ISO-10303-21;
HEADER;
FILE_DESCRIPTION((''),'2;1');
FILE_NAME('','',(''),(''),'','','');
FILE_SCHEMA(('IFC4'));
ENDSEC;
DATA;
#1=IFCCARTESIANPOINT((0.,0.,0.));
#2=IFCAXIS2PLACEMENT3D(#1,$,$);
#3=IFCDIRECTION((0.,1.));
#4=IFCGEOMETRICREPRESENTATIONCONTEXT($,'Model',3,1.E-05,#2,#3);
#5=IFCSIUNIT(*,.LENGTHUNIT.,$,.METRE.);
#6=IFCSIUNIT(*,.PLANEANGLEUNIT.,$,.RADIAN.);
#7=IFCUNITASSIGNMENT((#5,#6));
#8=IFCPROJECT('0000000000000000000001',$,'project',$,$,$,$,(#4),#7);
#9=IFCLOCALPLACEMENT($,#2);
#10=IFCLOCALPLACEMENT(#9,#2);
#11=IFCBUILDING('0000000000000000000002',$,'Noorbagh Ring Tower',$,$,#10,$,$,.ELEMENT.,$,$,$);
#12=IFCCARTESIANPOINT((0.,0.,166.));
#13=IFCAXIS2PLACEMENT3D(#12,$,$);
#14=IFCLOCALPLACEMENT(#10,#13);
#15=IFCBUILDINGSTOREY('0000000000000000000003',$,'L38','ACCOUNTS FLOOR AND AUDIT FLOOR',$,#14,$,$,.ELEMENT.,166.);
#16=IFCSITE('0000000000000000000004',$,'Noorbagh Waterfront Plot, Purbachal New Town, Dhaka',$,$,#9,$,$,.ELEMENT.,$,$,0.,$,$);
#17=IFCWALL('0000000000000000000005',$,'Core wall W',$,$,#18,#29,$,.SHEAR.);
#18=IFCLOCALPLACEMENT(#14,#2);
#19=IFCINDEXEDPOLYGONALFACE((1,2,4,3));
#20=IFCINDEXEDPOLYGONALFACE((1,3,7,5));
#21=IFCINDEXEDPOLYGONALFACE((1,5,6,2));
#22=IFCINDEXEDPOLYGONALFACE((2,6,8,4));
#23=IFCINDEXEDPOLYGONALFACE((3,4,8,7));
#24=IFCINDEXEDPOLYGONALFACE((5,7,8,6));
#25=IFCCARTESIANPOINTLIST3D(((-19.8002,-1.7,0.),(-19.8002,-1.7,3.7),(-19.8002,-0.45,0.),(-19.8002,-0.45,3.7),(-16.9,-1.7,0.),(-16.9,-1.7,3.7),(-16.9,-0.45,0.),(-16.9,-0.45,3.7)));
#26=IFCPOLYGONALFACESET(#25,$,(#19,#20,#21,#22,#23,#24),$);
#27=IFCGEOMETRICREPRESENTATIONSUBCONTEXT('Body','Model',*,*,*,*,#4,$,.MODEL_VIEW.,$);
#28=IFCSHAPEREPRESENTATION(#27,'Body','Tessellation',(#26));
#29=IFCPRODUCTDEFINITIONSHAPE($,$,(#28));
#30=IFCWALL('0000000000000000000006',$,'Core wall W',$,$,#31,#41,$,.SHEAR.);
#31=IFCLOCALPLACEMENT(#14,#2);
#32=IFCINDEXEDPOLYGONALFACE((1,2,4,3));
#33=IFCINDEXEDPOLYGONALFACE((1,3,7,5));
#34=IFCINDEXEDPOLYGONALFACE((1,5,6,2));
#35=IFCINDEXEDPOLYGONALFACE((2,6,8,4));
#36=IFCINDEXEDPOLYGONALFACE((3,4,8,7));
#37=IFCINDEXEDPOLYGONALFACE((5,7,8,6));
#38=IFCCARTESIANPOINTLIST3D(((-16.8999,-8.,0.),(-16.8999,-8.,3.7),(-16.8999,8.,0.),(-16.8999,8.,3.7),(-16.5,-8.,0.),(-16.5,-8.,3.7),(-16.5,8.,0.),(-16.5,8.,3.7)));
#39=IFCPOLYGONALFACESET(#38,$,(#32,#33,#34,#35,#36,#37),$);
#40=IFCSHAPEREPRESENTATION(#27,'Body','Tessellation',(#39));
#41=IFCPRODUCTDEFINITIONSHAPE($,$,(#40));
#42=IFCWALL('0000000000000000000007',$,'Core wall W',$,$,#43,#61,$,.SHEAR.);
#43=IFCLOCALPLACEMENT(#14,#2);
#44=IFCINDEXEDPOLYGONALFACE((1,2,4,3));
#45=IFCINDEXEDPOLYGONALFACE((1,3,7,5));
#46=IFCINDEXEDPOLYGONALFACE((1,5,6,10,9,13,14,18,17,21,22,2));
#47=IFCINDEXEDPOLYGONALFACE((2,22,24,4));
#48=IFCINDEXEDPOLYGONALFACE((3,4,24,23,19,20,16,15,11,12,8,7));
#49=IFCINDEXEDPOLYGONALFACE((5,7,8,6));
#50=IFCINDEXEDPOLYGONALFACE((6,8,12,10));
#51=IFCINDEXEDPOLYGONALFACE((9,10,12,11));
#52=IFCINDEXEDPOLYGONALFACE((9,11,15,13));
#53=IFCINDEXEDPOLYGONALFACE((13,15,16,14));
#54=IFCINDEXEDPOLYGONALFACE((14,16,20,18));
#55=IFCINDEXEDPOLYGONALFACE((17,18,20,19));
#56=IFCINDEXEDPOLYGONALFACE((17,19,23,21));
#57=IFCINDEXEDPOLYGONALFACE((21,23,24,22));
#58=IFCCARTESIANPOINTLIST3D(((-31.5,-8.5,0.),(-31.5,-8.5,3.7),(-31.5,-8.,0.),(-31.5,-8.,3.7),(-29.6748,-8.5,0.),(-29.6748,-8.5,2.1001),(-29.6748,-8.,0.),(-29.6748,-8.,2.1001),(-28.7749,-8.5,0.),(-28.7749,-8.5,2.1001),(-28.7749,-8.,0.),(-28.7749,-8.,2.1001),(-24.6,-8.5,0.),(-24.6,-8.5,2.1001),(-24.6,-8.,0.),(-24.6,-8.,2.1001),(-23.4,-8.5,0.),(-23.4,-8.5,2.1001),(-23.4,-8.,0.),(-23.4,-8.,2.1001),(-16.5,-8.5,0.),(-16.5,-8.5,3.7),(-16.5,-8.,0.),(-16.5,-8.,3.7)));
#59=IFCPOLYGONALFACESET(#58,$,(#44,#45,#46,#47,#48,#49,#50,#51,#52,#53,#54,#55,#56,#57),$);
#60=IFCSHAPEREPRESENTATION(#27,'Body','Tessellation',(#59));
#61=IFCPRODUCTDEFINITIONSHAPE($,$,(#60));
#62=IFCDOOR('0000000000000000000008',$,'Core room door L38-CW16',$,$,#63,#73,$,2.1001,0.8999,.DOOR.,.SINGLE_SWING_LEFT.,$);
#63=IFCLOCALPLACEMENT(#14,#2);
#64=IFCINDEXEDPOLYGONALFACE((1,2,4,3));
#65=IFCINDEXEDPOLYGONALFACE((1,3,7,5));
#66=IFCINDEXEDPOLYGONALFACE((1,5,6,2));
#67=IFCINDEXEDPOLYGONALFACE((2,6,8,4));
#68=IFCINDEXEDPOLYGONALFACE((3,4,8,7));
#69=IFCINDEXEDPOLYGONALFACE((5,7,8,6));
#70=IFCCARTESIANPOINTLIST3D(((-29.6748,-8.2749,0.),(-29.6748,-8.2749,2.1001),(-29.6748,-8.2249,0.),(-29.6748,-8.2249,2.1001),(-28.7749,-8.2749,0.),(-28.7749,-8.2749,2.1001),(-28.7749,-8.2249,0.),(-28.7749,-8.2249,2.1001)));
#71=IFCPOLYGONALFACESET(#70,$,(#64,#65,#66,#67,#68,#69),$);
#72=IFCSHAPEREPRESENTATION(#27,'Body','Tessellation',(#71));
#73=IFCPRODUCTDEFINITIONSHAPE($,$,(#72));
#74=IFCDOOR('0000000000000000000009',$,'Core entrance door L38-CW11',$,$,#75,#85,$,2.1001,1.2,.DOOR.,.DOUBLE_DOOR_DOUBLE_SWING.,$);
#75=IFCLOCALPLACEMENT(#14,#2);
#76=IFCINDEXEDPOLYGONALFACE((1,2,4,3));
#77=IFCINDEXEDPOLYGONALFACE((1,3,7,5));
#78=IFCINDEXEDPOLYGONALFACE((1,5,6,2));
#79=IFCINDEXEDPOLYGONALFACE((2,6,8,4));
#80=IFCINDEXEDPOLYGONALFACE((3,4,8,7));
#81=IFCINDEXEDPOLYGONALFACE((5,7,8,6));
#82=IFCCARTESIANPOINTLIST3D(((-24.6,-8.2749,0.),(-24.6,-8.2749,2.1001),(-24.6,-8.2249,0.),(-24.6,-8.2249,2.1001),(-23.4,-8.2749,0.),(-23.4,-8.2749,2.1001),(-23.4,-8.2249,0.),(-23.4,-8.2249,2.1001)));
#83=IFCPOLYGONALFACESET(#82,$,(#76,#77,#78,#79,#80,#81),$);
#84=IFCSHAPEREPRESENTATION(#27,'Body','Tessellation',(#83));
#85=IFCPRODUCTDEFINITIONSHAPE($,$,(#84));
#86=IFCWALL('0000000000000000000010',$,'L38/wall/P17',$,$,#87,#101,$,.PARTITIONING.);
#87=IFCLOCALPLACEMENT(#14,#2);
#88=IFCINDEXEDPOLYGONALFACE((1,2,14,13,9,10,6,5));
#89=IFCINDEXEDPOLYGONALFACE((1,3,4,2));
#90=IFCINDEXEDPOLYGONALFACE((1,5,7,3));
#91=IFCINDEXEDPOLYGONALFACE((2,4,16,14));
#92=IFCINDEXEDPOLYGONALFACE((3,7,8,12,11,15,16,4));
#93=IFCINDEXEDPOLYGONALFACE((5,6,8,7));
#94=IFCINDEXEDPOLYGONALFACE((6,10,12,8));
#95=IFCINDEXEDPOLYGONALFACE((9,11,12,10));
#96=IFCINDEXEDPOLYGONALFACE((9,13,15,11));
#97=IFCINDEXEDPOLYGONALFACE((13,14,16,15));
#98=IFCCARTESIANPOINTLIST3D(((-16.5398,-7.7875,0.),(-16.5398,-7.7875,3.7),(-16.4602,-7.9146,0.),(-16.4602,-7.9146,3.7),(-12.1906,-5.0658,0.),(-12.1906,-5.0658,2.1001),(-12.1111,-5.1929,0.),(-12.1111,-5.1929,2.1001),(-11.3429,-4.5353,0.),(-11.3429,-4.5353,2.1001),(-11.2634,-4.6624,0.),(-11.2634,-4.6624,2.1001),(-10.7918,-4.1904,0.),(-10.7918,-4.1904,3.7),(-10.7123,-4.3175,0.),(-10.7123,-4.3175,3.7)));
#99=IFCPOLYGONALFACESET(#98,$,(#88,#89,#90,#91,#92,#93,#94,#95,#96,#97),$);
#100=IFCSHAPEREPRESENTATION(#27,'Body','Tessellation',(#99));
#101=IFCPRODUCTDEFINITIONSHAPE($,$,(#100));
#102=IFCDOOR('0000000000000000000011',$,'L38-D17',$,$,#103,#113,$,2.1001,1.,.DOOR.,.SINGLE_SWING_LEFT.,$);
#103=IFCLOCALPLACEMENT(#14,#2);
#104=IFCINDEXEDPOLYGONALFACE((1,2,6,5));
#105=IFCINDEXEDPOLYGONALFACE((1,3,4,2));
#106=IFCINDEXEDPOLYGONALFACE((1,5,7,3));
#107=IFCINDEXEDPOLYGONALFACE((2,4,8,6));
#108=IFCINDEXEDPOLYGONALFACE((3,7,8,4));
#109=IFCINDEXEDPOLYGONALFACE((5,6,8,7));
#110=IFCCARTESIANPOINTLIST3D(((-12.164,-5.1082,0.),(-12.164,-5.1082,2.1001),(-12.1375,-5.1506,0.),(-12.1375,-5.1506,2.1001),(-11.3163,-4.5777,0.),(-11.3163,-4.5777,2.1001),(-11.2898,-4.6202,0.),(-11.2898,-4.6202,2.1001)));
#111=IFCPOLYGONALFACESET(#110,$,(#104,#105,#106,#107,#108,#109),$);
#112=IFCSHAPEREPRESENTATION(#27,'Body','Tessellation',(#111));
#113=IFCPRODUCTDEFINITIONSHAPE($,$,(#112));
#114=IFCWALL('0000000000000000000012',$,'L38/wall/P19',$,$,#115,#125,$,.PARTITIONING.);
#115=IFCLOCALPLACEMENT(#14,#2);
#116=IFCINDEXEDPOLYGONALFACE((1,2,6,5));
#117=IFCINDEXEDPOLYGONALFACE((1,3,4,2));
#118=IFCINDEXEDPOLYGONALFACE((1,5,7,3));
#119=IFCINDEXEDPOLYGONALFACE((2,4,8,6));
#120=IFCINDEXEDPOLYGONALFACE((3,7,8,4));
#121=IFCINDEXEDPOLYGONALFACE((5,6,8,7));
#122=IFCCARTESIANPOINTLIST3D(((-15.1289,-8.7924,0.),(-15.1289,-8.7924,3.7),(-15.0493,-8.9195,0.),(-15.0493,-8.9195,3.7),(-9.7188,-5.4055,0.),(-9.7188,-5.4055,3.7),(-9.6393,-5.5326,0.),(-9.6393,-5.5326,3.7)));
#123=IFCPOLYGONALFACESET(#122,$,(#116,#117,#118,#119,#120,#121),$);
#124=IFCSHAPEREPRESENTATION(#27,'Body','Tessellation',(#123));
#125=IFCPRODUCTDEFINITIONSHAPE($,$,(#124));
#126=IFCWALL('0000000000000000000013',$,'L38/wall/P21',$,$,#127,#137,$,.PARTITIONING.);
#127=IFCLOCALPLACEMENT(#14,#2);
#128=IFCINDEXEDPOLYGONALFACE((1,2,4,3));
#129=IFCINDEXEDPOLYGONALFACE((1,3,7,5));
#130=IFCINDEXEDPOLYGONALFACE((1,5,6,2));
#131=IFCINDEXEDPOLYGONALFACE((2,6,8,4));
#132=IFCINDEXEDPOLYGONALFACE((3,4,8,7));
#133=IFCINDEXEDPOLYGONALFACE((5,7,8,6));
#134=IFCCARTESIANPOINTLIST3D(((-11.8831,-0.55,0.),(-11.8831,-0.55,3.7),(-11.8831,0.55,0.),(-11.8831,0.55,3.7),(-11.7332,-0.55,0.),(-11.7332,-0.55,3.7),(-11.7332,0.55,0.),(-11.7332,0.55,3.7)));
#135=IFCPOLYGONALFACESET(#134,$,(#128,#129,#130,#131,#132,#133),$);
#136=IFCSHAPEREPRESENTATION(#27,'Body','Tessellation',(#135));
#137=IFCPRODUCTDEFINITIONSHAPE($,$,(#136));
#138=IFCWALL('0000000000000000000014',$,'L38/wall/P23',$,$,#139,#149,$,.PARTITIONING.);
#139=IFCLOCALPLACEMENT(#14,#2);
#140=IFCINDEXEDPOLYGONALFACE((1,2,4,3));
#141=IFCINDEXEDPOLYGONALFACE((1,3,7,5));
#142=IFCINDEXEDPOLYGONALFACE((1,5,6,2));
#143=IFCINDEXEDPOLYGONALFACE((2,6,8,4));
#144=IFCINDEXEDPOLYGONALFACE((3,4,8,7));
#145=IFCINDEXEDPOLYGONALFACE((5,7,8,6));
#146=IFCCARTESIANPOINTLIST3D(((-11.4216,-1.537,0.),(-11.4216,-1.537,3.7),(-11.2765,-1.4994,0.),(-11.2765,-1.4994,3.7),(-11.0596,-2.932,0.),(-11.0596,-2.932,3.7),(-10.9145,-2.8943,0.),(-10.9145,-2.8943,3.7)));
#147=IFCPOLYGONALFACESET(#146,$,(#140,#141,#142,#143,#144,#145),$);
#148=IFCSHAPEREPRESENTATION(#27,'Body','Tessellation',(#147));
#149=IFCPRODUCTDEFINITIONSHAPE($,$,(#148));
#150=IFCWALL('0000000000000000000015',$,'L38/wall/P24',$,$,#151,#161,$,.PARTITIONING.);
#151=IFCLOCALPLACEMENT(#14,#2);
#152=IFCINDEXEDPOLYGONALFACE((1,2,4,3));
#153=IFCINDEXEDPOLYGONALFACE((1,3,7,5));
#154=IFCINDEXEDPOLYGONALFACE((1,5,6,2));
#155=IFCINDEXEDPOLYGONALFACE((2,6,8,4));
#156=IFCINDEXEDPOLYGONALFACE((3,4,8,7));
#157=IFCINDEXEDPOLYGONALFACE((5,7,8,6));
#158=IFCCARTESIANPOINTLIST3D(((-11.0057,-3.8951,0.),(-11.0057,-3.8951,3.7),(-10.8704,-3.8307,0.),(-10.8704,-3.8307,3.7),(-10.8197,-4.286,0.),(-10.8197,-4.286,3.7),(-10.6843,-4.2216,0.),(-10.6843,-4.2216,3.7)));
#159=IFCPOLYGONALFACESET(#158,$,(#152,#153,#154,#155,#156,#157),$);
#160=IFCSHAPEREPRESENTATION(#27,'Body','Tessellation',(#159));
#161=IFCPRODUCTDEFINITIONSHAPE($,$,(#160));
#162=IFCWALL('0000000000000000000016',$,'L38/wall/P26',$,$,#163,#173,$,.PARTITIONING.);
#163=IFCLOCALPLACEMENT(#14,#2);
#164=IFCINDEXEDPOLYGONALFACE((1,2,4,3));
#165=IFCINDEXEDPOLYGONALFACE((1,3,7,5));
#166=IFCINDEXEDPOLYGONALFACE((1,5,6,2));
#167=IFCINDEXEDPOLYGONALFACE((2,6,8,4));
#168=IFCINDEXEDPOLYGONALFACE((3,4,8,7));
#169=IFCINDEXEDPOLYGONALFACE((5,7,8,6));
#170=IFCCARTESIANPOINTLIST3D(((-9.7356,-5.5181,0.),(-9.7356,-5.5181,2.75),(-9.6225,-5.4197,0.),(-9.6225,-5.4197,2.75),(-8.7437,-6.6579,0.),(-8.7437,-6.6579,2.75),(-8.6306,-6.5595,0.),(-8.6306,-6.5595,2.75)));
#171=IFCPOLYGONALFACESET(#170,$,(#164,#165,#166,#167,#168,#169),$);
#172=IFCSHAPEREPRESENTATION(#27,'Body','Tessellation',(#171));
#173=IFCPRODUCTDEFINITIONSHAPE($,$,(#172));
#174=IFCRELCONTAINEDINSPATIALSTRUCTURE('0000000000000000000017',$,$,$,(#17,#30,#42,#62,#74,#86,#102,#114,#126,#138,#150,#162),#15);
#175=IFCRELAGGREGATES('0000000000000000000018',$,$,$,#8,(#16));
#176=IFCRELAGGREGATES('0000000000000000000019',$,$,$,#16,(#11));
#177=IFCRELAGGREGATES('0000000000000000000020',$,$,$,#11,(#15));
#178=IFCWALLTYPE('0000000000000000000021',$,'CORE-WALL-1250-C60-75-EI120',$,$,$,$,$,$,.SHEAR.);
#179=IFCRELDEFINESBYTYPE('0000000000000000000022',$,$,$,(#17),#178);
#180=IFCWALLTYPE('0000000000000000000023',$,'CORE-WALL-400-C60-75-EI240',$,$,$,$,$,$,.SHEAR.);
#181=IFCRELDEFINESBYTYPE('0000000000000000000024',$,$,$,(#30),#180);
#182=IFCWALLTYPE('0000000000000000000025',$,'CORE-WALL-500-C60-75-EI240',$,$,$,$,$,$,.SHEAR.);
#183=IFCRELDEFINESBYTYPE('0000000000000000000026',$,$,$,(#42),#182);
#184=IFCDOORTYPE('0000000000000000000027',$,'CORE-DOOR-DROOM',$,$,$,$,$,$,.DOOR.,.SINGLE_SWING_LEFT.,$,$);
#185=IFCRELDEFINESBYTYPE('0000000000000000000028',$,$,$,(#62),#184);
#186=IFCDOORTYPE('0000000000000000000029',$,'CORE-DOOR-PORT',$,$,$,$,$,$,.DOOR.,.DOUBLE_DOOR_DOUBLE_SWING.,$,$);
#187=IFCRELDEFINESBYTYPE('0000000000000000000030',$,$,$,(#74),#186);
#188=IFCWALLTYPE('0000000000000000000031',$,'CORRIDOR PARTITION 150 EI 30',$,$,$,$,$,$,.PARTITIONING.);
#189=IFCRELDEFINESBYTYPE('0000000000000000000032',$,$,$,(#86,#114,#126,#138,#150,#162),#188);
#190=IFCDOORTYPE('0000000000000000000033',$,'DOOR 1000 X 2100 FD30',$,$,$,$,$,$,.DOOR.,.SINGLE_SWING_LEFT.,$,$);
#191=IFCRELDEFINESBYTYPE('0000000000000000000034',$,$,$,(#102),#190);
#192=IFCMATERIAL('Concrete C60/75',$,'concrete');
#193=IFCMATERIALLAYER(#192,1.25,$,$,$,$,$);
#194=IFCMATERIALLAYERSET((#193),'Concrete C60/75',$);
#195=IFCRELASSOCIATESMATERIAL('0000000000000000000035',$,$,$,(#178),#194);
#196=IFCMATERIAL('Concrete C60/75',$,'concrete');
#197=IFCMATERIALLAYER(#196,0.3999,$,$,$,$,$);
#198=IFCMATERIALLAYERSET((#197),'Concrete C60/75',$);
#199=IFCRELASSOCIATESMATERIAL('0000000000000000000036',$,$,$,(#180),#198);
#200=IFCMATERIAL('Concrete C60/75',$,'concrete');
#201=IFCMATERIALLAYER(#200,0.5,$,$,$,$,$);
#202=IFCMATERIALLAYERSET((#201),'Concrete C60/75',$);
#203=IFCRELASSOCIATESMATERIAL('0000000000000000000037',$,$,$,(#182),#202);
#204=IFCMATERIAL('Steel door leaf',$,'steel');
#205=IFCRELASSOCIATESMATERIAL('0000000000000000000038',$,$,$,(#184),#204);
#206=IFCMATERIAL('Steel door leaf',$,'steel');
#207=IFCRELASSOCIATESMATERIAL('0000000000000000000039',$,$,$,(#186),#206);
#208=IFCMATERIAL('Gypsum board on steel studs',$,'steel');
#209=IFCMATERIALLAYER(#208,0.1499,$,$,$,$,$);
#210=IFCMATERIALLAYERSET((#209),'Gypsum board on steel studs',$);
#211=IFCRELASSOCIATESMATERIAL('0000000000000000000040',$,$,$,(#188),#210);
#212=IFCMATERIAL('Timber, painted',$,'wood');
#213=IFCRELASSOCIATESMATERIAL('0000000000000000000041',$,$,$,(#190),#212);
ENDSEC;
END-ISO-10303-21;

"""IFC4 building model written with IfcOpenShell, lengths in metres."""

from ifc_helpers import new_model, si_unit, direction, frame, frame_2d, origin, place, context, subcontext, project, spatial, rectangle, extrude, material, layer, layer_set, type_object, element, fill, save


model = new_model("IFC4")

# Units and contexts
model_context = context("Model", 3, precision=1e-05, world=origin(), true_north=direction((0.0, 1.0)))
body_context = subcontext(model_context, "Body", "Model", "MODEL_VIEW")
ifc_project = project(units=[si_unit("LENGTHUNIT", "METRE"), si_unit("PLANEANGLEUNIT", "RADIAN")], contexts=[model_context])

# Site, building, storey
site_placement = place(None, origin())
site = spatial("IfcSite", under=ifc_project, at=site_placement, Name="Noorbagh Waterfront Plot, Purbachal New Town, Dhaka", CompositionType="ELEMENT", RefElevation=0.0)
building_placement = place(site_placement, origin())
building = spatial("IfcBuilding", under=site, at=building_placement, Name="Noorbagh Ring Tower", CompositionType="ELEMENT")
storey_placement = place(building_placement, frame((0.0, 0.0, 166.0)))
storey = spatial("IfcBuildingStorey", under=building, at=storey_placement, Name="L38", Description="ACCOUNTS FLOOR AND AUDIT FLOOR", CompositionType="ELEMENT", Elevation=166.0)

# Walls
ifc_material_1 = material(Name="Concrete C60/75", Category="concrete")
ifc_layer_1 = layer(ifc_material_1, 1.25)
ifc_layer_set_1 = layer_set([ifc_layer_1], Name="Concrete C60/75")
wall_type_1 = type_object("IfcWallType", Name="CORE-WALL-1250-C60-75-EI120", PredefinedType="SHEAR", material=ifc_layer_set_1)
wall_1_placement = place(storey_placement, frame((-16.8999, -1.075, 0.0), z_axis=(0.0, 0.0, 1.0), x_axis=(-1.0, 0.0, 0.0)))
element("IfcWall", 1, at=wall_1_placement, inside=storey, type_object=wall_type_1, Name="Core wall W", PredefinedType="SHEAR", context=body_context, shape_type="SweptSolid", body=[
    extrude(rectangle(XDim=2.9001, YDim=1.25, at=frame_2d((1.4502, 0.0))), origin(), (0.0, 0.0, 1.0), 3.7),
])
ifc_material_2 = material(Name="Concrete C60/75", Category="concrete")
ifc_layer_2 = layer(ifc_material_2, 0.3999)
ifc_layer_set_2 = layer_set([ifc_layer_2], Name="Concrete C60/75")
wall_type_2 = type_object("IfcWallType", Name="CORE-WALL-400-C60-75-EI240", PredefinedType="SHEAR", material=ifc_layer_set_2)
wall_2_placement = place(storey_placement, frame((-16.7, -8.0, 0.0), z_axis=(0.0, 0.0, 1.0), x_axis=(0.0, 1.0, 0.0)))
element("IfcWall", 2, at=wall_2_placement, inside=storey, type_object=wall_type_2, Name="Core wall W", PredefinedType="SHEAR", context=body_context, shape_type="SweptSolid", body=[
    extrude(rectangle(XDim=16.0, YDim=0.3999, at=frame_2d((8.0, 0.0))), origin(), (0.0, 0.0, 1.0), 3.7),
])

# Wall, openings, doors
ifc_material_3 = material(Name="Concrete C60/75", Category="concrete")
ifc_layer_3 = layer(ifc_material_3, 0.5)
ifc_layer_set_3 = layer_set([ifc_layer_3], Name="Concrete C60/75")
wall_type_3 = type_object("IfcWallType", Name="CORE-WALL-500-C60-75-EI240", PredefinedType="SHEAR", material=ifc_layer_set_3)
wall_3_placement = place(storey_placement, frame((-16.5, -8.25, 0.0), z_axis=(0.0, 0.0, 1.0), x_axis=(-1.0, 0.0, 0.0)))
wall_3 = element("IfcWall", 3, at=wall_3_placement, inside=storey, type_object=wall_type_3, Name="Core wall W", PredefinedType="SHEAR", context=body_context, shape_type="SweptSolid", body=[
    extrude(rectangle(XDim=15.0, YDim=0.5, at=frame_2d((7.5, 0.0))), origin(), (0.0, 0.0, 1.0), 3.7),
])
opening_1_placement = place(wall_3_placement, frame((6.8999, 0.0, 0.0)))
opening_1 = element("IfcOpeningElement", 4, at=opening_1_placement, cuts=wall_3, PredefinedType="OPENING", context=body_context, shape_type="SweptSolid", body=[
    extrude(rectangle(XDim=1.2, YDim=2.1001, at=frame_2d((0.6001, 1.05))), frame((0.0, 0.26, 0.0), z_axis=(0.0, -1.0, 0.0), x_axis=(1.0, 0.0, 0.0)), (0.0, 0.0, 1.0), 0.52),
])
opening_2_placement = place(wall_3_placement, frame((12.2749, 0.0, 0.0)))
opening_2 = element("IfcOpeningElement", 5, at=opening_2_placement, cuts=wall_3, PredefinedType="OPENING", context=body_context, shape_type="SweptSolid", body=[
    extrude(rectangle(XDim=0.8999, YDim=2.1001, at=frame_2d((0.45, 1.05))), frame((0.0, 0.26, 0.0), z_axis=(0.0, -1.0, 0.0), x_axis=(1.0, 0.0, 0.0)), (0.0, 0.0, 1.0), 0.52),
])
ifc_material_4 = material(Name="Steel door leaf", Category="steel")
door_type_1 = type_object("IfcDoorType", Name="CORE-DOOR-DROOM", OperationType="SINGLE_SWING_LEFT", PredefinedType="DOOR", material=ifc_material_4)
door_1_placement = place(opening_2_placement, origin())
door_1 = element("IfcDoor", 6, at=door_1_placement, inside=storey, type_object=door_type_1, Name="Core room door L38-CW16", OperationType="SINGLE_SWING_LEFT", OverallHeight=2.1001, OverallWidth=0.8999, PredefinedType="DOOR", context=body_context, shape_type="SweptSolid", body=[
    extrude(rectangle(XDim=0.8999, YDim=2.1001, at=frame_2d((0.45, 1.05))), frame((0.0, 0.0249, 0.0), z_axis=(0.0, -1.0, 0.0), x_axis=(1.0, 0.0, 0.0)), (0.0, 0.0, 1.0), 0.05),
])
fill(opening_2, door_1)
ifc_material_5 = material(Name="Steel door leaf", Category="steel")
door_type_2 = type_object("IfcDoorType", Name="CORE-DOOR-PORT", OperationType="DOUBLE_DOOR_DOUBLE_SWING", PredefinedType="DOOR", material=ifc_material_5)
door_2_placement = place(opening_1_placement, origin())
door_2 = element("IfcDoor", 7, at=door_2_placement, inside=storey, type_object=door_type_2, Name="Core entrance door L38-CW11", OperationType="DOUBLE_DOOR_DOUBLE_SWING", OverallHeight=2.1001, OverallWidth=1.2, PredefinedType="DOOR", context=body_context, shape_type="SweptSolid", body=[
    extrude(rectangle(XDim=1.2, YDim=2.1001, at=frame_2d((0.6001, 1.05))), frame((0.0, 0.0249, 0.0), z_axis=(0.0, -1.0, 0.0), x_axis=(1.0, 0.0, 0.0)), (0.0, 0.0, 1.0), 0.05),
])
fill(opening_1, door_2)

# Wall, opening, door
ifc_material_6 = material(Name="Gypsum board on steel studs", Category="steel")
ifc_layer_4 = layer(ifc_material_6, 0.1499)
ifc_layer_set_4 = layer_set([ifc_layer_4], Name="Gypsum board on steel studs")
wall_type_4 = type_object("IfcWallType", Name="CORRIDOR PARTITION 150 EI 30", PredefinedType="PARTITIONING", material=ifc_layer_set_4)
wall_4_placement = place(storey_placement, frame((-16.5, -7.8511, 0.0), z_axis=(0.0, 0.0, 1.0), x_axis=(0.847691, 0.530491, 0.0)))
wall_4 = element("IfcWall", 8, at=wall_4_placement, inside=storey, type_object=wall_type_4, Name="L38/wall/P17", PredefinedType="PARTITIONING", context=body_context, shape_type="SweptSolid", body=[
    extrude(rectangle(XDim=6.7808, YDim=0.1499, at=frame_2d((3.3904, 0.0))), origin(), (0.0, 0.0, 1.0), 3.7),
])
opening_3_placement = place(wall_4_placement, frame((5.1306, 0.0, 0.0)))
opening_3 = element("IfcOpeningElement", 9, at=opening_3_placement, cuts=wall_4, PredefinedType="OPENING", context=body_context, shape_type="SweptSolid", body=[
    extrude(rectangle(XDim=1.0, YDim=2.1001, at=frame_2d((0.5, 1.05))), frame((0.0, 0.085, 0.0), z_axis=(0.0, -1.0, 0.0), x_axis=(1.0, 0.0, 0.0)), (0.0, 0.0, 1.0), 0.1699),
])
ifc_material_7 = material(Name="Timber, painted", Category="wood")
door_type_3 = type_object("IfcDoorType", Name="DOOR 1000 X 2100 FD30", OperationType="SINGLE_SWING_LEFT", PredefinedType="DOOR", material=ifc_material_7)
door_3_placement = place(opening_3_placement, origin())
door_3 = element("IfcDoor", 10, at=door_3_placement, inside=storey, type_object=door_type_3, Name="L38-D17", OperationType="SINGLE_SWING_LEFT", OverallHeight=2.1001, OverallWidth=1.0, PredefinedType="DOOR", context=body_context, shape_type="SweptSolid", body=[
    extrude(rectangle(XDim=1.0, YDim=2.1001, at=frame_2d((0.5, 1.05))), frame((0.0, 0.0249, 0.0), z_axis=(0.0, -1.0, 0.0), x_axis=(1.0, 0.0, 0.0)), (0.0, 0.0, 1.0), 0.05),
])
fill(opening_3, door_3)

# Walls
wall_5_placement = place(storey_placement, frame((-15.0891, -8.856, 0.0), z_axis=(0.0, 0.0, 1.0), x_axis=(0.847603, 0.530631, 0.0)))
element("IfcWall", 11, at=wall_5_placement, inside=storey, type_object=wall_type_4, Name="L38/wall/P19", PredefinedType="PARTITIONING", context=body_context, shape_type="SweptSolid", body=[
    extrude(rectangle(XDim=6.3828, YDim=0.1499, at=frame_2d((3.1914, 0.0))), origin(), (0.0, 0.0, 1.0), 3.7),
])
wall_6_placement = place(storey_placement, frame((-11.8081, -0.55, 0.0), z_axis=(0.0, 0.0, 1.0), x_axis=(0.0, 1.0, 0.0)))
element("IfcWall", 12, at=wall_6_placement, inside=storey, type_object=wall_type_4, Name="L38/wall/P21", PredefinedType="PARTITIONING", context=body_context, shape_type="SweptSolid", body=[
    extrude(rectangle(XDim=1.1001, YDim=0.1499, at=frame_2d((0.55, 0.0))), origin(), (0.0, 0.0, 1.0), 3.7),
])
wall_7_placement = place(storey_placement, frame((-11.3491, -1.5181, 0.0), z_axis=(0.0, 0.0, 1.0), x_axis=(0.251215, -0.967931, 0.0)))
element("IfcWall", 13, at=wall_7_placement, inside=storey, type_object=wall_type_4, Name="L38/wall/P23", PredefinedType="PARTITIONING", context=body_context, shape_type="SweptSolid", body=[
    extrude(rectangle(XDim=1.4412, YDim=0.1499, at=frame_2d((0.7207, 0.0))), origin(), (0.0, 0.0, 1.0), 3.7),
])
wall_8_placement = place(storey_placement, frame((-10.938, -3.863, 0.0), z_axis=(0.0, 0.0, 1.0), x_axis=(0.429758, -0.902944, 0.0)))
element("IfcWall", 14, at=wall_8_placement, inside=storey, type_object=wall_type_4, Name="L38/wall/P24", PredefinedType="PARTITIONING", context=body_context, shape_type="SweptSolid", body=[
    extrude(rectangle(XDim=0.4329, YDim=0.1499, at=frame_2d((0.2163, 0.0))), origin(), (0.0, 0.0, 1.0), 3.7),
])
wall_9_placement = place(storey_placement, frame((-9.679, -5.469, 0.0), z_axis=(0.0, 0.0, 1.0), x_axis=(0.656455, -0.754365, 0.0)))
element("IfcWall", 15, at=wall_9_placement, inside=storey, type_object=wall_type_4, Name="L38/wall/P26", PredefinedType="PARTITIONING", context=body_context, shape_type="SweptSolid", body=[
    extrude(rectangle(XDim=1.511, YDim=0.1499, at=frame_2d((0.7554, 0.0))), origin(), (0.0, 0.0, 1.0), 2.75),
])

save(model, "model.ifc")
